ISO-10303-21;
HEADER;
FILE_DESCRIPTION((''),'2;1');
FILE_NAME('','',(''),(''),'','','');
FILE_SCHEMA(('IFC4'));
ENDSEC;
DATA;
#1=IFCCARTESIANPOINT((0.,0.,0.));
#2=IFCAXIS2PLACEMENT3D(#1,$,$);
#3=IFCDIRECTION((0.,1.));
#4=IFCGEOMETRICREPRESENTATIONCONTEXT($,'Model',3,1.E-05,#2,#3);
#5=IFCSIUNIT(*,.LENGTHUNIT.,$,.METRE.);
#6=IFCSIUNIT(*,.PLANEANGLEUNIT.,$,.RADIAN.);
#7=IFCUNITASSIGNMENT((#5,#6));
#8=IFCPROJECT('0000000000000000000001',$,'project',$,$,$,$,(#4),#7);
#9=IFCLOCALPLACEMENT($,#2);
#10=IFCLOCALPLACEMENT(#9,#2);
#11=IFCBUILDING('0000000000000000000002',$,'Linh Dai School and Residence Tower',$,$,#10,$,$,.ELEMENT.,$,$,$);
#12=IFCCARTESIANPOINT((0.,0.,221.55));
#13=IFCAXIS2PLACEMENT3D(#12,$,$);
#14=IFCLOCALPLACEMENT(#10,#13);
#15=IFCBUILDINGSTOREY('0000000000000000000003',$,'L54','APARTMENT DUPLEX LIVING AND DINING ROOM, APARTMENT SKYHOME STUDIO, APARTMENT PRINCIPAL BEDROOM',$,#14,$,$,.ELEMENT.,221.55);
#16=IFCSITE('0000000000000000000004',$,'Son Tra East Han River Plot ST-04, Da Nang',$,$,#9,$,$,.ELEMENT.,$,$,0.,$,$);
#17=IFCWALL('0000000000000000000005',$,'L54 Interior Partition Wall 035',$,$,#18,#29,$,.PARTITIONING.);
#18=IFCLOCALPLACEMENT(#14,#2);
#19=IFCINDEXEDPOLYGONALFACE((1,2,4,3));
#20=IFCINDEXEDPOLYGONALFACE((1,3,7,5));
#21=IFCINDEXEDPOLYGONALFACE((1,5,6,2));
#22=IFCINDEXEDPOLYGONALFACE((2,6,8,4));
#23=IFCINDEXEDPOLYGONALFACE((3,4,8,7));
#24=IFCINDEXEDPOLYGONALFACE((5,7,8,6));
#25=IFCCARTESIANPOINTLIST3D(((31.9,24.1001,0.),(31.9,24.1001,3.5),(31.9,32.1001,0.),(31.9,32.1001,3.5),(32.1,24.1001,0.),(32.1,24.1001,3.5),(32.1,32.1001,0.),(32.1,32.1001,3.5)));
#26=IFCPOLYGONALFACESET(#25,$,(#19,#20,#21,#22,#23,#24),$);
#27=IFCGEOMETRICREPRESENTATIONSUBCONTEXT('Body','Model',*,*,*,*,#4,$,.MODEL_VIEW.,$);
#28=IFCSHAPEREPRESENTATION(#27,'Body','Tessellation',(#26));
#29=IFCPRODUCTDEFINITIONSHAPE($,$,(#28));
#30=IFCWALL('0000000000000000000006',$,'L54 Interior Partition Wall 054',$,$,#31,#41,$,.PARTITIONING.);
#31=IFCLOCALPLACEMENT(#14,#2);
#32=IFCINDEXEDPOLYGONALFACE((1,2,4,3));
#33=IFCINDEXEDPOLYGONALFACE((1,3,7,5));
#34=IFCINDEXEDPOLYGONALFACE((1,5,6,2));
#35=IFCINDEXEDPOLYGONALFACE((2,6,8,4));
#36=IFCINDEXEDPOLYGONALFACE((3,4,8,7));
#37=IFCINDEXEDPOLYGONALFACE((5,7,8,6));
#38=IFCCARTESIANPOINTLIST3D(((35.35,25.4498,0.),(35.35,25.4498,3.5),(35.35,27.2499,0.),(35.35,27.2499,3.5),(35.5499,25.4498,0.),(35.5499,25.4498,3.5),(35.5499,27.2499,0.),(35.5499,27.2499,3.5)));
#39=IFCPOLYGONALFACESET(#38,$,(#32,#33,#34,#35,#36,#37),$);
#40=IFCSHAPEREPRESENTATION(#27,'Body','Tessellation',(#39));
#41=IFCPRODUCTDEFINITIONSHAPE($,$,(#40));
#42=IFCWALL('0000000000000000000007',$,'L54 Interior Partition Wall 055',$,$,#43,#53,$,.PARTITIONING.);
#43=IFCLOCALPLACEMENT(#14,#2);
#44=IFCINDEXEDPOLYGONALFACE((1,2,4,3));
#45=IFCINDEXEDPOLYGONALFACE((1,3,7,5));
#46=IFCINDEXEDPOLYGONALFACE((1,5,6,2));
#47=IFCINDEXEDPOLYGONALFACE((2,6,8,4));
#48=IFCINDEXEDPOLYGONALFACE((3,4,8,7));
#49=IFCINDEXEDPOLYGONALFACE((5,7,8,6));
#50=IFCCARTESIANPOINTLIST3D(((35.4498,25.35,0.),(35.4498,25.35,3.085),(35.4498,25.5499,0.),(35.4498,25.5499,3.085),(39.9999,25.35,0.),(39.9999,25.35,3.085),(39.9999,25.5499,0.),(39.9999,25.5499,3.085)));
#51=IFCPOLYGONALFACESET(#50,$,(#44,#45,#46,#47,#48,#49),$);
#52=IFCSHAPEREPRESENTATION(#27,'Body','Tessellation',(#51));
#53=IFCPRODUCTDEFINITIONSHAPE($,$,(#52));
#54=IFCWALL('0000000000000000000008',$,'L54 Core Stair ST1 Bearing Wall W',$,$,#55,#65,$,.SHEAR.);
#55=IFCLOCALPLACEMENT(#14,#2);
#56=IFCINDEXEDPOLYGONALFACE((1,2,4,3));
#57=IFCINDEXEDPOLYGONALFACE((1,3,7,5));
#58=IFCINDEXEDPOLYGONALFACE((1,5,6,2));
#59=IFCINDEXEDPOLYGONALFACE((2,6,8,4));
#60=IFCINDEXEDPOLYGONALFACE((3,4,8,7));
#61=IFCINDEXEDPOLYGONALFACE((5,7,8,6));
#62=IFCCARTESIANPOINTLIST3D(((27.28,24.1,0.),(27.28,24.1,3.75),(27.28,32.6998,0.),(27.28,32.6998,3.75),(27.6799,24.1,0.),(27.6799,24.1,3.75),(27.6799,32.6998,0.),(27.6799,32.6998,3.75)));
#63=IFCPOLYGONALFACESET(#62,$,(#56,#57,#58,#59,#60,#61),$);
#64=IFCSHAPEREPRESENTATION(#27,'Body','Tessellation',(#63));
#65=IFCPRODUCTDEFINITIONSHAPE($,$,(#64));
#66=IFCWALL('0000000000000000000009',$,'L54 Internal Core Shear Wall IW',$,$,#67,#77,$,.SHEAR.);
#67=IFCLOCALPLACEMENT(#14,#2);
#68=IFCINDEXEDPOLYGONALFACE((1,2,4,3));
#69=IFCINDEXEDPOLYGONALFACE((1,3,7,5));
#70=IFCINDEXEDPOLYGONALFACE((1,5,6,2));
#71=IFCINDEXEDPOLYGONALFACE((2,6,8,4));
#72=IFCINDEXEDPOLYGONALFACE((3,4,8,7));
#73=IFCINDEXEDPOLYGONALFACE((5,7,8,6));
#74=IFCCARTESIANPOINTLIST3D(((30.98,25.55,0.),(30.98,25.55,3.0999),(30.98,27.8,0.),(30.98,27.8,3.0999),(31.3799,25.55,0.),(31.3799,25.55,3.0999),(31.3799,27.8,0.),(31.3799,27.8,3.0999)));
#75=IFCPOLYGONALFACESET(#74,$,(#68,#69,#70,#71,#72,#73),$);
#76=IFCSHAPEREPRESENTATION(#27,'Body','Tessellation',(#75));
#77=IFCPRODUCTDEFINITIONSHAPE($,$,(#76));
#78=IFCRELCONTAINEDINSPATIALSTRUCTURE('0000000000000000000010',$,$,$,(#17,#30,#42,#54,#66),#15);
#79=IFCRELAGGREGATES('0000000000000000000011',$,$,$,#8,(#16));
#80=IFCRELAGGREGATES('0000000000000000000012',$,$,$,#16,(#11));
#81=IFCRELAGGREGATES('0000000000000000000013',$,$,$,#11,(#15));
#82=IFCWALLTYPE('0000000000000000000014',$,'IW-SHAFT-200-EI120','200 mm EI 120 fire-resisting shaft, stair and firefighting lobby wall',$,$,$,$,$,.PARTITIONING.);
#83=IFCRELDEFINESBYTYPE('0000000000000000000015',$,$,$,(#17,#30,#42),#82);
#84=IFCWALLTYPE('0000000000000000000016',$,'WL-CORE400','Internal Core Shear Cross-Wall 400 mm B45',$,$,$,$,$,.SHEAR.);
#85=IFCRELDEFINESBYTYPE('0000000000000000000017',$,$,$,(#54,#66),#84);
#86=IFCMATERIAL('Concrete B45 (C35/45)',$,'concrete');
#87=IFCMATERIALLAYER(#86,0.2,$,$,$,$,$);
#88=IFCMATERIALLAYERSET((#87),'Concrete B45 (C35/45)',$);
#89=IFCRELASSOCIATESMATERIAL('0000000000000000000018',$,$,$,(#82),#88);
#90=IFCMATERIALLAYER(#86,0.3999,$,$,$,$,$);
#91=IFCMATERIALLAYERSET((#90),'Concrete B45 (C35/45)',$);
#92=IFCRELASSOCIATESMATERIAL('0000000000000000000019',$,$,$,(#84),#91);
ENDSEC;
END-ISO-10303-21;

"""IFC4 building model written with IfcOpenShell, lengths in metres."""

from ifc_helpers import new_model, si_unit, direction, frame, frame_2d, origin, place, context, subcontext, project, spatial, rectangle, extrude, material, layer, layer_set, type_object, element, save


model = new_model("IFC4")

# Units and contexts
model_context = context("Model", 3, precision=1e-05, world=origin(), true_north=direction((0.0, 1.0)))
body_context = subcontext(model_context, "Body", "Model", "MODEL_VIEW")
ifc_project = project(units=[si_unit("LENGTHUNIT", "METRE"), si_unit("PLANEANGLEUNIT", "RADIAN")], contexts=[model_context])

# Site, building, storey
site_placement = place(None, origin())
site = spatial("IfcSite", under=ifc_project, at=site_placement, Name="Son Tra East Han River Plot ST-04, Da Nang", CompositionType="ELEMENT", RefElevation=0.0)
building_placement = place(site_placement, origin())
building = spatial("IfcBuilding", under=site, at=building_placement, Name="Linh Dai School and Residence Tower", CompositionType="ELEMENT")
storey_placement = place(building_placement, frame((0.0, 0.0, 221.55)))
storey = spatial("IfcBuildingStorey", under=building, at=storey_placement, Name="L54", Description="APARTMENT DUPLEX LIVING AND DINING ROOM, APARTMENT SKYHOME STUDIO, APARTMENT PRINCIPAL BEDROOM", CompositionType="ELEMENT", Elevation=221.55)

# Shared definitions
ifc_material_1 = material(Name="Concrete B45 (C35/45)", Category="concrete")
ifc_layer_1 = layer(ifc_material_1, 0.2)
ifc_layer_set_1 = layer_set([ifc_layer_1], Name="Concrete B45 (C35/45)")
wall_type_1 = type_object("IfcWallType", Name="IW-SHAFT-200-EI120", Description="200 mm EI 120 fire-resisting shaft, stair and firefighting lobby wall", PredefinedType="PARTITIONING", material=ifc_layer_set_1)

# Wall
wall_1_placement = place(storey_placement, frame((32.0, 24.1001, 0.0), z_axis=(0.0, 0.0, 1.0), x_axis=(0.0, 1.0, 0.0)))
element("IfcWall", 1, at=wall_1_placement, inside=storey, type_object=wall_type_1, Name="L54 Interior Partition Wall 035", PredefinedType="PARTITIONING", context=body_context, shape_type="SweptSolid", body=[
    extrude(rectangle(XDim=8.0, YDim=0.2, at=frame_2d((4.0, 0.0))), origin(), (0.0, 0.0, 1.0), 3.5),
])

# Walls
wall_2_placement = place(storey_placement, frame((35.45, 25.45, 0.0), z_axis=(0.0, 0.0, 1.0), x_axis=(0.0, 1.0, 0.0)))
element("IfcWall", 2, at=wall_2_placement, inside=storey, type_object=wall_type_1, Name="L54 Interior Partition Wall 054", PredefinedType="PARTITIONING", context=body_context, shape_type="SweptSolid", body=[
    extrude(rectangle(XDim=1.8, YDim=0.2, at=frame_2d((0.8999, 0.0))), origin(), (0.0, 0.0, 1.0), 3.5),
])
wall_3_placement = place(storey_placement, frame((35.45, 25.45, 0.0), z_axis=(0.0, 0.0, 1.0), x_axis=(1.0, 0.0, 0.0)))
element("IfcWall", 3, at=wall_3_placement, inside=storey, type_object=wall_type_1, Name="L54 Interior Partition Wall 055", PredefinedType="PARTITIONING", context=body_context, shape_type="SweptSolid", body=[
    extrude(rectangle(XDim=4.55, YDim=0.2, at=frame_2d((2.2749, 0.0))), origin(), (0.0, 0.0, 1.0), 3.085),
])
ifc_layer_2 = layer(ifc_material_1, 0.3999)
ifc_layer_set_2 = layer_set([ifc_layer_2], Name="Concrete B45 (C35/45)")
wall_type_2 = type_object("IfcWallType", Name="WL-CORE400", Description="Internal Core Shear Cross-Wall 400 mm B45", PredefinedType="SHEAR", material=ifc_layer_set_2)
wall_4_placement = place(storey_placement, frame((27.48, 24.1001, 0.0), z_axis=(0.0, 0.0, 1.0), x_axis=(0.0, 1.0, 0.0)))
element("IfcWall", 4, at=wall_4_placement, inside=storey, type_object=wall_type_2, Name="L54 Core Stair ST1 Bearing Wall W", PredefinedType="SHEAR", context=body_context, shape_type="SweptSolid", body=[
    extrude(rectangle(XDim=8.5999, YDim=0.3999, at=frame_2d((4.2998, 0.0))), origin(), (0.0, 0.0, 1.0), 3.75),
])
wall_5_placement = place(storey_placement, frame((31.1799, 25.55, 0.0), z_axis=(0.0, 0.0, 1.0), x_axis=(0.0, 1.0, 0.0)))
element("IfcWall", 5, at=wall_5_placement, inside=storey, type_object=wall_type_2, Name="L54 Internal Core Shear Wall IW", PredefinedType="SHEAR", context=body_context, shape_type="SweptSolid", body=[
    extrude(rectangle(XDim=2.25, YDim=0.3999, at=frame_2d((1.125, 0.0))), origin(), (0.0, 0.0, 1.0), 3.0999),
])

save(model, "model.ifc")
